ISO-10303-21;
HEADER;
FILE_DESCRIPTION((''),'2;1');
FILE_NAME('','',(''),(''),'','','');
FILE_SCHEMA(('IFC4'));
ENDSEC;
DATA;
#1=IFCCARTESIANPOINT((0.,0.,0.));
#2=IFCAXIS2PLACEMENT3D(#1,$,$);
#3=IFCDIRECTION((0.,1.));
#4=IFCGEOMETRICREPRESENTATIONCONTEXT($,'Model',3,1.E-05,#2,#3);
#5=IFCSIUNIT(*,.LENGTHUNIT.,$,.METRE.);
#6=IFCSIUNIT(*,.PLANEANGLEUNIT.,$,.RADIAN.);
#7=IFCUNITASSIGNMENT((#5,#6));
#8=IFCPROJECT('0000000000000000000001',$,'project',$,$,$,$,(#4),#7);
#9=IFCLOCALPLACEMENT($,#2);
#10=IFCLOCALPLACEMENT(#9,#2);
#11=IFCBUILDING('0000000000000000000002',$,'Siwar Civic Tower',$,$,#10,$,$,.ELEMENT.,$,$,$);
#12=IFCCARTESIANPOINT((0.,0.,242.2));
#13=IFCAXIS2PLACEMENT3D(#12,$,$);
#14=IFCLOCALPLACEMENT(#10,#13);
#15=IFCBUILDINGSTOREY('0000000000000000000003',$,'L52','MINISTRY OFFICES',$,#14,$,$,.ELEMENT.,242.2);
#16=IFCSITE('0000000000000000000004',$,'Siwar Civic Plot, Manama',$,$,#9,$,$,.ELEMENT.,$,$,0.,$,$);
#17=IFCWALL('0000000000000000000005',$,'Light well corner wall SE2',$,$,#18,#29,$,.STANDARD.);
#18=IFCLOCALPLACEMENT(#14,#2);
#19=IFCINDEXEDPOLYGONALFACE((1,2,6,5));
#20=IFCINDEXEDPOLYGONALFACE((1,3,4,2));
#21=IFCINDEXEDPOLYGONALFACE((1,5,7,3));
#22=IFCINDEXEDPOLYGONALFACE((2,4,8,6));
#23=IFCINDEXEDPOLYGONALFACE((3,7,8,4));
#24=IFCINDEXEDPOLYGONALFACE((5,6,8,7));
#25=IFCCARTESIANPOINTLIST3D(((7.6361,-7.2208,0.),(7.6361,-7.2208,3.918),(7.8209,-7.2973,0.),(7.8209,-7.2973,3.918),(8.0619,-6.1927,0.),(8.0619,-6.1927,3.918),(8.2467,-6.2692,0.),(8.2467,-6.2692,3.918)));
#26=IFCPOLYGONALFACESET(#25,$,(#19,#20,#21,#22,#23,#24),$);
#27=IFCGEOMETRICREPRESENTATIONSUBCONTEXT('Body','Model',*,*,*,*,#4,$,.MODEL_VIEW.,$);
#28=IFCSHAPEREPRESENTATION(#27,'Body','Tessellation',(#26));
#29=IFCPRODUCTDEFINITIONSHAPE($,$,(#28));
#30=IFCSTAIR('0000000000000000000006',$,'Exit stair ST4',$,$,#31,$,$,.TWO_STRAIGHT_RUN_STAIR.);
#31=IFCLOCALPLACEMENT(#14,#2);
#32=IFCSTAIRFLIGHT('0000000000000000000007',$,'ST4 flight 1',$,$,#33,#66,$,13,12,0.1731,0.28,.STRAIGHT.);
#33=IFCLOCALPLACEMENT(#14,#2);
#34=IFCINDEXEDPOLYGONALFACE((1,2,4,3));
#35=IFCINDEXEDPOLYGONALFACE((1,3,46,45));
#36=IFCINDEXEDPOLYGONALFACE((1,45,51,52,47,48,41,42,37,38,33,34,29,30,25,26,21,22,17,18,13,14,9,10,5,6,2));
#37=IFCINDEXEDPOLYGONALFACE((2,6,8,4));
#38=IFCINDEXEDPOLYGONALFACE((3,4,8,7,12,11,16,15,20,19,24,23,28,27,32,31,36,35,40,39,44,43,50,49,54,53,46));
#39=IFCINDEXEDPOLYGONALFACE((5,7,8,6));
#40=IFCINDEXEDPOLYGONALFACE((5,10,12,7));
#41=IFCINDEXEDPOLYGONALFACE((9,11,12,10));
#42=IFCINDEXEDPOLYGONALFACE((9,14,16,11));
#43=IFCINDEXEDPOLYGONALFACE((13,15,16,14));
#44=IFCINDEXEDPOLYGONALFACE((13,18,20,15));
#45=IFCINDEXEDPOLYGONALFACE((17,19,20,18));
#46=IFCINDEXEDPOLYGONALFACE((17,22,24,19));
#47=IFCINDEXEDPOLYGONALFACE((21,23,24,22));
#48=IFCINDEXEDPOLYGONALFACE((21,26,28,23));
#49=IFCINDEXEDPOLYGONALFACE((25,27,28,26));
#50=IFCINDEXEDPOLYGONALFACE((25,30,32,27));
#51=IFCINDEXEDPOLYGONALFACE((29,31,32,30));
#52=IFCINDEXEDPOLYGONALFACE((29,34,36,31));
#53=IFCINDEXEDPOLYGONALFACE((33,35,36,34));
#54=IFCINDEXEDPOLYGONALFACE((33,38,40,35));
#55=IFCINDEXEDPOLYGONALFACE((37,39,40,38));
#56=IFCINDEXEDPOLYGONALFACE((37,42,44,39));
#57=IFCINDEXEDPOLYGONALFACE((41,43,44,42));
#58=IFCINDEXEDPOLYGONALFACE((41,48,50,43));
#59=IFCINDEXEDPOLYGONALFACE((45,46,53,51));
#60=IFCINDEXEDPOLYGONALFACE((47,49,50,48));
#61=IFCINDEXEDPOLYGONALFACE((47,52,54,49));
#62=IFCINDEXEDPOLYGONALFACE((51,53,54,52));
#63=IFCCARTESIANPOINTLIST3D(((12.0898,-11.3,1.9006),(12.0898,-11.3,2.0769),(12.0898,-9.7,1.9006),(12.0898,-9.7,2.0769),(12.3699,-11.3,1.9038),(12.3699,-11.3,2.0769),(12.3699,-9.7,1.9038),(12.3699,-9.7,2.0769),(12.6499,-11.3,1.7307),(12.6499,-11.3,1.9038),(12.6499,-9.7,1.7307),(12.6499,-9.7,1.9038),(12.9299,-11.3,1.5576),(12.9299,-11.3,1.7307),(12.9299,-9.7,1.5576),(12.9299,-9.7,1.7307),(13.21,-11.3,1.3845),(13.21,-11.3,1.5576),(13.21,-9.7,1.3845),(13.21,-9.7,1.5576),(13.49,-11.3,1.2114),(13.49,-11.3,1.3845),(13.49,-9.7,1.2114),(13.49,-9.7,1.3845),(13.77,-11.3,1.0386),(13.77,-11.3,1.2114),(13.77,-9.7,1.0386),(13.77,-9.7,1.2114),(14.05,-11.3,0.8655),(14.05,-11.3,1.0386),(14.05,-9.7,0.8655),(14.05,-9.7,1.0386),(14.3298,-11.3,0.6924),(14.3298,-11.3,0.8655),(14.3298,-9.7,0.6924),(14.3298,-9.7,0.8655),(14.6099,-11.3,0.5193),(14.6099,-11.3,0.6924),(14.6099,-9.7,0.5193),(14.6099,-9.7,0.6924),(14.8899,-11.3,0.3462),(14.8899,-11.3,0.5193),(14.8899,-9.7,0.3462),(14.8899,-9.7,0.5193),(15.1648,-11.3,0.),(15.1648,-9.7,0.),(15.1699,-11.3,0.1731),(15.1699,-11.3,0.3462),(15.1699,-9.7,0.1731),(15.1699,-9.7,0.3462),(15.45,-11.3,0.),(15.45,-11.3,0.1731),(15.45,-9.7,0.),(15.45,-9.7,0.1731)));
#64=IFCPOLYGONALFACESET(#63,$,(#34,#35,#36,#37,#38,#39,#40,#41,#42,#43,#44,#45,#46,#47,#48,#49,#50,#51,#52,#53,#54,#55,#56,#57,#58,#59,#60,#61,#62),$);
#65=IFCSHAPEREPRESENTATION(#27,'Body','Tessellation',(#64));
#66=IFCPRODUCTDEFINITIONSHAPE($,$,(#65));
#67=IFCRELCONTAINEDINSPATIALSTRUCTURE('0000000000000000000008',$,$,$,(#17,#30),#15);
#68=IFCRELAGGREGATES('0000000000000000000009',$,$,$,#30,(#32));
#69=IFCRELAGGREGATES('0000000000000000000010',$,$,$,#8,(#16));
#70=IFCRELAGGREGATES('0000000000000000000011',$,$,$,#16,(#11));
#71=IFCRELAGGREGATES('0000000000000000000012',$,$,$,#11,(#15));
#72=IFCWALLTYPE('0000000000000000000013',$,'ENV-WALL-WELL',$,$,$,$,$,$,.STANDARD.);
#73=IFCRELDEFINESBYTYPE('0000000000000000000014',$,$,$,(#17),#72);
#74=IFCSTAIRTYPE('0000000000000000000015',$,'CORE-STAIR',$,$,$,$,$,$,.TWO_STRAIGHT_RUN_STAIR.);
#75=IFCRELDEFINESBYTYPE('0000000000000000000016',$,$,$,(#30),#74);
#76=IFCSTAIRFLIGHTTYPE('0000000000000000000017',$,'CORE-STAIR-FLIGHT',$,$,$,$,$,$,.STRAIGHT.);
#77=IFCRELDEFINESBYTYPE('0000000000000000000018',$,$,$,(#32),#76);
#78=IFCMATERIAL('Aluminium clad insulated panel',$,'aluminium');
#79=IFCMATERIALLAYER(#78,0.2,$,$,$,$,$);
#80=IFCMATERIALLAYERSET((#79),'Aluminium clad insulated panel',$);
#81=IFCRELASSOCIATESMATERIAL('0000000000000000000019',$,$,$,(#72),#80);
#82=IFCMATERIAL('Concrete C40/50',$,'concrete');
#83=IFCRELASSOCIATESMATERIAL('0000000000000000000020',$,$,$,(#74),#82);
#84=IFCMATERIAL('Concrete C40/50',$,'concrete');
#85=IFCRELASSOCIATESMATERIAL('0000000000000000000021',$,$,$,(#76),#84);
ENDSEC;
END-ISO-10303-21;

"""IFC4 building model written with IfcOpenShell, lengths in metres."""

from ifc_helpers import new_model, si_unit, direction, frame, frame_2d, origin, place, context, subcontext, project, spatial, polyline, rectangle, outline, extrude, material, layer, layer_set, type_object, element, aggregate, save


model = new_model("IFC4")

# Units and contexts
model_context = context("Model", 3, precision=1e-05, world=origin(), true_north=direction((0.0, 1.0)))
body_context = subcontext(model_context, "Body", "Model", "MODEL_VIEW")
ifc_project = project(units=[si_unit("LENGTHUNIT", "METRE"), si_unit("PLANEANGLEUNIT", "RADIAN")], contexts=[model_context])

# Site, building, storey
site_placement = place(None, origin())
site = spatial("IfcSite", under=ifc_project, at=site_placement, Name="Siwar Civic Plot, Manama", CompositionType="ELEMENT", RefElevation=0.0)
building_placement = place(site_placement, origin())
building = spatial("IfcBuilding", under=site, at=building_placement, Name="Siwar Civic Tower", CompositionType="ELEMENT")
storey_placement = place(building_placement, frame((0.0, 0.0, 242.2)))
storey = spatial("IfcBuildingStorey", under=building, at=storey_placement, Name="L52", Description="MINISTRY OFFICES", CompositionType="ELEMENT", Elevation=242.2)

# Wall
ifc_material_1 = material(Name="Aluminium clad insulated panel", Category="aluminium")
ifc_layer_1 = layer(ifc_material_1, 0.2)
ifc_layer_set_1 = layer_set([ifc_layer_1], Name="Aluminium clad insulated panel")
wall_type_1 = type_object("IfcWallType", Name="ENV-WALL-WELL", PredefinedType="STANDARD", material=ifc_layer_set_1)
wall_1_placement = place(storey_placement, frame((7.7285, -7.259, 0.0), z_axis=(0.0, 0.0, 1.0), x_axis=(0.382636, 0.923899, 0.0)))
element("IfcWall", 1, at=wall_1_placement, inside=storey, type_object=wall_type_1, Name="Light well corner wall SE2", PredefinedType="STANDARD", context=body_context, shape_type="SweptSolid", body=[
    extrude(rectangle(XDim=1.1128, YDim=0.2, at=frame_2d((0.5564, 0.0))), origin(), (0.0, 0.0, 1.0), 3.918),
])

# Stair, stair flight
ifc_material_2 = material(Name="Concrete C40/50", Category="concrete")
stair_type = type_object("IfcStairType", Name="CORE-STAIR", PredefinedType="TWO_STRAIGHT_RUN_STAIR", material=ifc_material_2)
stair_placement = place(storey_placement, origin())
stair = element("IfcStair", 2, at=stair_placement, inside=storey, type_object=stair_type, Name="Exit stair ST4", PredefinedType="TWO_STRAIGHT_RUN_STAIR")
ifc_material_3 = material(Name="Concrete C40/50", Category="concrete")
stair_flight_type = type_object("IfcStairFlightType", Name="CORE-STAIR-FLIGHT", PredefinedType="STRAIGHT", material=ifc_material_3)
stair_flight_placement = place(storey_placement, frame((15.45, -10.5, 0.0), z_axis=(0.0, 0.0, 1.0), x_axis=(-1.0, 0.0, 0.0)))
stair_flight = element("IfcStairFlight", 3, at=stair_flight_placement, type_object=stair_flight_type, Name="ST4 flight 1", NumberOfRisers=13, NumberOfTreads=12, PredefinedType="STRAIGHT", RiserHeight=0.1731, TreadLength=0.28, context=body_context, shape_type="SweptSolid", body=[
    extrude(outline(polyline([(0.0, 0.0), (0.0, 0.1731), (0.28, 0.1731), (0.28, 0.3462), (0.5601, 0.3462), (0.5601, 0.5193), (0.8401, 0.5193), (0.8401, 0.6924), (1.1201, 0.6924), (1.1201, 0.8655), (1.3999, 0.8655), (1.3999, 1.0386), (1.6799, 1.0386), (1.6799, 1.2114), (1.96, 1.2114), (1.96, 1.3845), (2.24, 1.3845), (2.24, 1.5576), (2.52, 1.5576), (2.52, 1.7307), (2.8, 1.7307), (2.8, 1.9038), (3.0801, 1.9038), (3.0801, 2.0769), (3.3601, 2.0769), (3.3601, 2.25), (3.3601, 1.9006), (0.2852, 0.0), (0.0, 0.0)])), frame((0.0, 0.8, 0.0), z_axis=(0.0, -1.0, 0.0), x_axis=(1.0, 0.0, 0.0)), (0.0, 0.0, 1.0), 1.6001),
])
aggregate(stair, [stair_flight])

save(model, "model.ifc")
